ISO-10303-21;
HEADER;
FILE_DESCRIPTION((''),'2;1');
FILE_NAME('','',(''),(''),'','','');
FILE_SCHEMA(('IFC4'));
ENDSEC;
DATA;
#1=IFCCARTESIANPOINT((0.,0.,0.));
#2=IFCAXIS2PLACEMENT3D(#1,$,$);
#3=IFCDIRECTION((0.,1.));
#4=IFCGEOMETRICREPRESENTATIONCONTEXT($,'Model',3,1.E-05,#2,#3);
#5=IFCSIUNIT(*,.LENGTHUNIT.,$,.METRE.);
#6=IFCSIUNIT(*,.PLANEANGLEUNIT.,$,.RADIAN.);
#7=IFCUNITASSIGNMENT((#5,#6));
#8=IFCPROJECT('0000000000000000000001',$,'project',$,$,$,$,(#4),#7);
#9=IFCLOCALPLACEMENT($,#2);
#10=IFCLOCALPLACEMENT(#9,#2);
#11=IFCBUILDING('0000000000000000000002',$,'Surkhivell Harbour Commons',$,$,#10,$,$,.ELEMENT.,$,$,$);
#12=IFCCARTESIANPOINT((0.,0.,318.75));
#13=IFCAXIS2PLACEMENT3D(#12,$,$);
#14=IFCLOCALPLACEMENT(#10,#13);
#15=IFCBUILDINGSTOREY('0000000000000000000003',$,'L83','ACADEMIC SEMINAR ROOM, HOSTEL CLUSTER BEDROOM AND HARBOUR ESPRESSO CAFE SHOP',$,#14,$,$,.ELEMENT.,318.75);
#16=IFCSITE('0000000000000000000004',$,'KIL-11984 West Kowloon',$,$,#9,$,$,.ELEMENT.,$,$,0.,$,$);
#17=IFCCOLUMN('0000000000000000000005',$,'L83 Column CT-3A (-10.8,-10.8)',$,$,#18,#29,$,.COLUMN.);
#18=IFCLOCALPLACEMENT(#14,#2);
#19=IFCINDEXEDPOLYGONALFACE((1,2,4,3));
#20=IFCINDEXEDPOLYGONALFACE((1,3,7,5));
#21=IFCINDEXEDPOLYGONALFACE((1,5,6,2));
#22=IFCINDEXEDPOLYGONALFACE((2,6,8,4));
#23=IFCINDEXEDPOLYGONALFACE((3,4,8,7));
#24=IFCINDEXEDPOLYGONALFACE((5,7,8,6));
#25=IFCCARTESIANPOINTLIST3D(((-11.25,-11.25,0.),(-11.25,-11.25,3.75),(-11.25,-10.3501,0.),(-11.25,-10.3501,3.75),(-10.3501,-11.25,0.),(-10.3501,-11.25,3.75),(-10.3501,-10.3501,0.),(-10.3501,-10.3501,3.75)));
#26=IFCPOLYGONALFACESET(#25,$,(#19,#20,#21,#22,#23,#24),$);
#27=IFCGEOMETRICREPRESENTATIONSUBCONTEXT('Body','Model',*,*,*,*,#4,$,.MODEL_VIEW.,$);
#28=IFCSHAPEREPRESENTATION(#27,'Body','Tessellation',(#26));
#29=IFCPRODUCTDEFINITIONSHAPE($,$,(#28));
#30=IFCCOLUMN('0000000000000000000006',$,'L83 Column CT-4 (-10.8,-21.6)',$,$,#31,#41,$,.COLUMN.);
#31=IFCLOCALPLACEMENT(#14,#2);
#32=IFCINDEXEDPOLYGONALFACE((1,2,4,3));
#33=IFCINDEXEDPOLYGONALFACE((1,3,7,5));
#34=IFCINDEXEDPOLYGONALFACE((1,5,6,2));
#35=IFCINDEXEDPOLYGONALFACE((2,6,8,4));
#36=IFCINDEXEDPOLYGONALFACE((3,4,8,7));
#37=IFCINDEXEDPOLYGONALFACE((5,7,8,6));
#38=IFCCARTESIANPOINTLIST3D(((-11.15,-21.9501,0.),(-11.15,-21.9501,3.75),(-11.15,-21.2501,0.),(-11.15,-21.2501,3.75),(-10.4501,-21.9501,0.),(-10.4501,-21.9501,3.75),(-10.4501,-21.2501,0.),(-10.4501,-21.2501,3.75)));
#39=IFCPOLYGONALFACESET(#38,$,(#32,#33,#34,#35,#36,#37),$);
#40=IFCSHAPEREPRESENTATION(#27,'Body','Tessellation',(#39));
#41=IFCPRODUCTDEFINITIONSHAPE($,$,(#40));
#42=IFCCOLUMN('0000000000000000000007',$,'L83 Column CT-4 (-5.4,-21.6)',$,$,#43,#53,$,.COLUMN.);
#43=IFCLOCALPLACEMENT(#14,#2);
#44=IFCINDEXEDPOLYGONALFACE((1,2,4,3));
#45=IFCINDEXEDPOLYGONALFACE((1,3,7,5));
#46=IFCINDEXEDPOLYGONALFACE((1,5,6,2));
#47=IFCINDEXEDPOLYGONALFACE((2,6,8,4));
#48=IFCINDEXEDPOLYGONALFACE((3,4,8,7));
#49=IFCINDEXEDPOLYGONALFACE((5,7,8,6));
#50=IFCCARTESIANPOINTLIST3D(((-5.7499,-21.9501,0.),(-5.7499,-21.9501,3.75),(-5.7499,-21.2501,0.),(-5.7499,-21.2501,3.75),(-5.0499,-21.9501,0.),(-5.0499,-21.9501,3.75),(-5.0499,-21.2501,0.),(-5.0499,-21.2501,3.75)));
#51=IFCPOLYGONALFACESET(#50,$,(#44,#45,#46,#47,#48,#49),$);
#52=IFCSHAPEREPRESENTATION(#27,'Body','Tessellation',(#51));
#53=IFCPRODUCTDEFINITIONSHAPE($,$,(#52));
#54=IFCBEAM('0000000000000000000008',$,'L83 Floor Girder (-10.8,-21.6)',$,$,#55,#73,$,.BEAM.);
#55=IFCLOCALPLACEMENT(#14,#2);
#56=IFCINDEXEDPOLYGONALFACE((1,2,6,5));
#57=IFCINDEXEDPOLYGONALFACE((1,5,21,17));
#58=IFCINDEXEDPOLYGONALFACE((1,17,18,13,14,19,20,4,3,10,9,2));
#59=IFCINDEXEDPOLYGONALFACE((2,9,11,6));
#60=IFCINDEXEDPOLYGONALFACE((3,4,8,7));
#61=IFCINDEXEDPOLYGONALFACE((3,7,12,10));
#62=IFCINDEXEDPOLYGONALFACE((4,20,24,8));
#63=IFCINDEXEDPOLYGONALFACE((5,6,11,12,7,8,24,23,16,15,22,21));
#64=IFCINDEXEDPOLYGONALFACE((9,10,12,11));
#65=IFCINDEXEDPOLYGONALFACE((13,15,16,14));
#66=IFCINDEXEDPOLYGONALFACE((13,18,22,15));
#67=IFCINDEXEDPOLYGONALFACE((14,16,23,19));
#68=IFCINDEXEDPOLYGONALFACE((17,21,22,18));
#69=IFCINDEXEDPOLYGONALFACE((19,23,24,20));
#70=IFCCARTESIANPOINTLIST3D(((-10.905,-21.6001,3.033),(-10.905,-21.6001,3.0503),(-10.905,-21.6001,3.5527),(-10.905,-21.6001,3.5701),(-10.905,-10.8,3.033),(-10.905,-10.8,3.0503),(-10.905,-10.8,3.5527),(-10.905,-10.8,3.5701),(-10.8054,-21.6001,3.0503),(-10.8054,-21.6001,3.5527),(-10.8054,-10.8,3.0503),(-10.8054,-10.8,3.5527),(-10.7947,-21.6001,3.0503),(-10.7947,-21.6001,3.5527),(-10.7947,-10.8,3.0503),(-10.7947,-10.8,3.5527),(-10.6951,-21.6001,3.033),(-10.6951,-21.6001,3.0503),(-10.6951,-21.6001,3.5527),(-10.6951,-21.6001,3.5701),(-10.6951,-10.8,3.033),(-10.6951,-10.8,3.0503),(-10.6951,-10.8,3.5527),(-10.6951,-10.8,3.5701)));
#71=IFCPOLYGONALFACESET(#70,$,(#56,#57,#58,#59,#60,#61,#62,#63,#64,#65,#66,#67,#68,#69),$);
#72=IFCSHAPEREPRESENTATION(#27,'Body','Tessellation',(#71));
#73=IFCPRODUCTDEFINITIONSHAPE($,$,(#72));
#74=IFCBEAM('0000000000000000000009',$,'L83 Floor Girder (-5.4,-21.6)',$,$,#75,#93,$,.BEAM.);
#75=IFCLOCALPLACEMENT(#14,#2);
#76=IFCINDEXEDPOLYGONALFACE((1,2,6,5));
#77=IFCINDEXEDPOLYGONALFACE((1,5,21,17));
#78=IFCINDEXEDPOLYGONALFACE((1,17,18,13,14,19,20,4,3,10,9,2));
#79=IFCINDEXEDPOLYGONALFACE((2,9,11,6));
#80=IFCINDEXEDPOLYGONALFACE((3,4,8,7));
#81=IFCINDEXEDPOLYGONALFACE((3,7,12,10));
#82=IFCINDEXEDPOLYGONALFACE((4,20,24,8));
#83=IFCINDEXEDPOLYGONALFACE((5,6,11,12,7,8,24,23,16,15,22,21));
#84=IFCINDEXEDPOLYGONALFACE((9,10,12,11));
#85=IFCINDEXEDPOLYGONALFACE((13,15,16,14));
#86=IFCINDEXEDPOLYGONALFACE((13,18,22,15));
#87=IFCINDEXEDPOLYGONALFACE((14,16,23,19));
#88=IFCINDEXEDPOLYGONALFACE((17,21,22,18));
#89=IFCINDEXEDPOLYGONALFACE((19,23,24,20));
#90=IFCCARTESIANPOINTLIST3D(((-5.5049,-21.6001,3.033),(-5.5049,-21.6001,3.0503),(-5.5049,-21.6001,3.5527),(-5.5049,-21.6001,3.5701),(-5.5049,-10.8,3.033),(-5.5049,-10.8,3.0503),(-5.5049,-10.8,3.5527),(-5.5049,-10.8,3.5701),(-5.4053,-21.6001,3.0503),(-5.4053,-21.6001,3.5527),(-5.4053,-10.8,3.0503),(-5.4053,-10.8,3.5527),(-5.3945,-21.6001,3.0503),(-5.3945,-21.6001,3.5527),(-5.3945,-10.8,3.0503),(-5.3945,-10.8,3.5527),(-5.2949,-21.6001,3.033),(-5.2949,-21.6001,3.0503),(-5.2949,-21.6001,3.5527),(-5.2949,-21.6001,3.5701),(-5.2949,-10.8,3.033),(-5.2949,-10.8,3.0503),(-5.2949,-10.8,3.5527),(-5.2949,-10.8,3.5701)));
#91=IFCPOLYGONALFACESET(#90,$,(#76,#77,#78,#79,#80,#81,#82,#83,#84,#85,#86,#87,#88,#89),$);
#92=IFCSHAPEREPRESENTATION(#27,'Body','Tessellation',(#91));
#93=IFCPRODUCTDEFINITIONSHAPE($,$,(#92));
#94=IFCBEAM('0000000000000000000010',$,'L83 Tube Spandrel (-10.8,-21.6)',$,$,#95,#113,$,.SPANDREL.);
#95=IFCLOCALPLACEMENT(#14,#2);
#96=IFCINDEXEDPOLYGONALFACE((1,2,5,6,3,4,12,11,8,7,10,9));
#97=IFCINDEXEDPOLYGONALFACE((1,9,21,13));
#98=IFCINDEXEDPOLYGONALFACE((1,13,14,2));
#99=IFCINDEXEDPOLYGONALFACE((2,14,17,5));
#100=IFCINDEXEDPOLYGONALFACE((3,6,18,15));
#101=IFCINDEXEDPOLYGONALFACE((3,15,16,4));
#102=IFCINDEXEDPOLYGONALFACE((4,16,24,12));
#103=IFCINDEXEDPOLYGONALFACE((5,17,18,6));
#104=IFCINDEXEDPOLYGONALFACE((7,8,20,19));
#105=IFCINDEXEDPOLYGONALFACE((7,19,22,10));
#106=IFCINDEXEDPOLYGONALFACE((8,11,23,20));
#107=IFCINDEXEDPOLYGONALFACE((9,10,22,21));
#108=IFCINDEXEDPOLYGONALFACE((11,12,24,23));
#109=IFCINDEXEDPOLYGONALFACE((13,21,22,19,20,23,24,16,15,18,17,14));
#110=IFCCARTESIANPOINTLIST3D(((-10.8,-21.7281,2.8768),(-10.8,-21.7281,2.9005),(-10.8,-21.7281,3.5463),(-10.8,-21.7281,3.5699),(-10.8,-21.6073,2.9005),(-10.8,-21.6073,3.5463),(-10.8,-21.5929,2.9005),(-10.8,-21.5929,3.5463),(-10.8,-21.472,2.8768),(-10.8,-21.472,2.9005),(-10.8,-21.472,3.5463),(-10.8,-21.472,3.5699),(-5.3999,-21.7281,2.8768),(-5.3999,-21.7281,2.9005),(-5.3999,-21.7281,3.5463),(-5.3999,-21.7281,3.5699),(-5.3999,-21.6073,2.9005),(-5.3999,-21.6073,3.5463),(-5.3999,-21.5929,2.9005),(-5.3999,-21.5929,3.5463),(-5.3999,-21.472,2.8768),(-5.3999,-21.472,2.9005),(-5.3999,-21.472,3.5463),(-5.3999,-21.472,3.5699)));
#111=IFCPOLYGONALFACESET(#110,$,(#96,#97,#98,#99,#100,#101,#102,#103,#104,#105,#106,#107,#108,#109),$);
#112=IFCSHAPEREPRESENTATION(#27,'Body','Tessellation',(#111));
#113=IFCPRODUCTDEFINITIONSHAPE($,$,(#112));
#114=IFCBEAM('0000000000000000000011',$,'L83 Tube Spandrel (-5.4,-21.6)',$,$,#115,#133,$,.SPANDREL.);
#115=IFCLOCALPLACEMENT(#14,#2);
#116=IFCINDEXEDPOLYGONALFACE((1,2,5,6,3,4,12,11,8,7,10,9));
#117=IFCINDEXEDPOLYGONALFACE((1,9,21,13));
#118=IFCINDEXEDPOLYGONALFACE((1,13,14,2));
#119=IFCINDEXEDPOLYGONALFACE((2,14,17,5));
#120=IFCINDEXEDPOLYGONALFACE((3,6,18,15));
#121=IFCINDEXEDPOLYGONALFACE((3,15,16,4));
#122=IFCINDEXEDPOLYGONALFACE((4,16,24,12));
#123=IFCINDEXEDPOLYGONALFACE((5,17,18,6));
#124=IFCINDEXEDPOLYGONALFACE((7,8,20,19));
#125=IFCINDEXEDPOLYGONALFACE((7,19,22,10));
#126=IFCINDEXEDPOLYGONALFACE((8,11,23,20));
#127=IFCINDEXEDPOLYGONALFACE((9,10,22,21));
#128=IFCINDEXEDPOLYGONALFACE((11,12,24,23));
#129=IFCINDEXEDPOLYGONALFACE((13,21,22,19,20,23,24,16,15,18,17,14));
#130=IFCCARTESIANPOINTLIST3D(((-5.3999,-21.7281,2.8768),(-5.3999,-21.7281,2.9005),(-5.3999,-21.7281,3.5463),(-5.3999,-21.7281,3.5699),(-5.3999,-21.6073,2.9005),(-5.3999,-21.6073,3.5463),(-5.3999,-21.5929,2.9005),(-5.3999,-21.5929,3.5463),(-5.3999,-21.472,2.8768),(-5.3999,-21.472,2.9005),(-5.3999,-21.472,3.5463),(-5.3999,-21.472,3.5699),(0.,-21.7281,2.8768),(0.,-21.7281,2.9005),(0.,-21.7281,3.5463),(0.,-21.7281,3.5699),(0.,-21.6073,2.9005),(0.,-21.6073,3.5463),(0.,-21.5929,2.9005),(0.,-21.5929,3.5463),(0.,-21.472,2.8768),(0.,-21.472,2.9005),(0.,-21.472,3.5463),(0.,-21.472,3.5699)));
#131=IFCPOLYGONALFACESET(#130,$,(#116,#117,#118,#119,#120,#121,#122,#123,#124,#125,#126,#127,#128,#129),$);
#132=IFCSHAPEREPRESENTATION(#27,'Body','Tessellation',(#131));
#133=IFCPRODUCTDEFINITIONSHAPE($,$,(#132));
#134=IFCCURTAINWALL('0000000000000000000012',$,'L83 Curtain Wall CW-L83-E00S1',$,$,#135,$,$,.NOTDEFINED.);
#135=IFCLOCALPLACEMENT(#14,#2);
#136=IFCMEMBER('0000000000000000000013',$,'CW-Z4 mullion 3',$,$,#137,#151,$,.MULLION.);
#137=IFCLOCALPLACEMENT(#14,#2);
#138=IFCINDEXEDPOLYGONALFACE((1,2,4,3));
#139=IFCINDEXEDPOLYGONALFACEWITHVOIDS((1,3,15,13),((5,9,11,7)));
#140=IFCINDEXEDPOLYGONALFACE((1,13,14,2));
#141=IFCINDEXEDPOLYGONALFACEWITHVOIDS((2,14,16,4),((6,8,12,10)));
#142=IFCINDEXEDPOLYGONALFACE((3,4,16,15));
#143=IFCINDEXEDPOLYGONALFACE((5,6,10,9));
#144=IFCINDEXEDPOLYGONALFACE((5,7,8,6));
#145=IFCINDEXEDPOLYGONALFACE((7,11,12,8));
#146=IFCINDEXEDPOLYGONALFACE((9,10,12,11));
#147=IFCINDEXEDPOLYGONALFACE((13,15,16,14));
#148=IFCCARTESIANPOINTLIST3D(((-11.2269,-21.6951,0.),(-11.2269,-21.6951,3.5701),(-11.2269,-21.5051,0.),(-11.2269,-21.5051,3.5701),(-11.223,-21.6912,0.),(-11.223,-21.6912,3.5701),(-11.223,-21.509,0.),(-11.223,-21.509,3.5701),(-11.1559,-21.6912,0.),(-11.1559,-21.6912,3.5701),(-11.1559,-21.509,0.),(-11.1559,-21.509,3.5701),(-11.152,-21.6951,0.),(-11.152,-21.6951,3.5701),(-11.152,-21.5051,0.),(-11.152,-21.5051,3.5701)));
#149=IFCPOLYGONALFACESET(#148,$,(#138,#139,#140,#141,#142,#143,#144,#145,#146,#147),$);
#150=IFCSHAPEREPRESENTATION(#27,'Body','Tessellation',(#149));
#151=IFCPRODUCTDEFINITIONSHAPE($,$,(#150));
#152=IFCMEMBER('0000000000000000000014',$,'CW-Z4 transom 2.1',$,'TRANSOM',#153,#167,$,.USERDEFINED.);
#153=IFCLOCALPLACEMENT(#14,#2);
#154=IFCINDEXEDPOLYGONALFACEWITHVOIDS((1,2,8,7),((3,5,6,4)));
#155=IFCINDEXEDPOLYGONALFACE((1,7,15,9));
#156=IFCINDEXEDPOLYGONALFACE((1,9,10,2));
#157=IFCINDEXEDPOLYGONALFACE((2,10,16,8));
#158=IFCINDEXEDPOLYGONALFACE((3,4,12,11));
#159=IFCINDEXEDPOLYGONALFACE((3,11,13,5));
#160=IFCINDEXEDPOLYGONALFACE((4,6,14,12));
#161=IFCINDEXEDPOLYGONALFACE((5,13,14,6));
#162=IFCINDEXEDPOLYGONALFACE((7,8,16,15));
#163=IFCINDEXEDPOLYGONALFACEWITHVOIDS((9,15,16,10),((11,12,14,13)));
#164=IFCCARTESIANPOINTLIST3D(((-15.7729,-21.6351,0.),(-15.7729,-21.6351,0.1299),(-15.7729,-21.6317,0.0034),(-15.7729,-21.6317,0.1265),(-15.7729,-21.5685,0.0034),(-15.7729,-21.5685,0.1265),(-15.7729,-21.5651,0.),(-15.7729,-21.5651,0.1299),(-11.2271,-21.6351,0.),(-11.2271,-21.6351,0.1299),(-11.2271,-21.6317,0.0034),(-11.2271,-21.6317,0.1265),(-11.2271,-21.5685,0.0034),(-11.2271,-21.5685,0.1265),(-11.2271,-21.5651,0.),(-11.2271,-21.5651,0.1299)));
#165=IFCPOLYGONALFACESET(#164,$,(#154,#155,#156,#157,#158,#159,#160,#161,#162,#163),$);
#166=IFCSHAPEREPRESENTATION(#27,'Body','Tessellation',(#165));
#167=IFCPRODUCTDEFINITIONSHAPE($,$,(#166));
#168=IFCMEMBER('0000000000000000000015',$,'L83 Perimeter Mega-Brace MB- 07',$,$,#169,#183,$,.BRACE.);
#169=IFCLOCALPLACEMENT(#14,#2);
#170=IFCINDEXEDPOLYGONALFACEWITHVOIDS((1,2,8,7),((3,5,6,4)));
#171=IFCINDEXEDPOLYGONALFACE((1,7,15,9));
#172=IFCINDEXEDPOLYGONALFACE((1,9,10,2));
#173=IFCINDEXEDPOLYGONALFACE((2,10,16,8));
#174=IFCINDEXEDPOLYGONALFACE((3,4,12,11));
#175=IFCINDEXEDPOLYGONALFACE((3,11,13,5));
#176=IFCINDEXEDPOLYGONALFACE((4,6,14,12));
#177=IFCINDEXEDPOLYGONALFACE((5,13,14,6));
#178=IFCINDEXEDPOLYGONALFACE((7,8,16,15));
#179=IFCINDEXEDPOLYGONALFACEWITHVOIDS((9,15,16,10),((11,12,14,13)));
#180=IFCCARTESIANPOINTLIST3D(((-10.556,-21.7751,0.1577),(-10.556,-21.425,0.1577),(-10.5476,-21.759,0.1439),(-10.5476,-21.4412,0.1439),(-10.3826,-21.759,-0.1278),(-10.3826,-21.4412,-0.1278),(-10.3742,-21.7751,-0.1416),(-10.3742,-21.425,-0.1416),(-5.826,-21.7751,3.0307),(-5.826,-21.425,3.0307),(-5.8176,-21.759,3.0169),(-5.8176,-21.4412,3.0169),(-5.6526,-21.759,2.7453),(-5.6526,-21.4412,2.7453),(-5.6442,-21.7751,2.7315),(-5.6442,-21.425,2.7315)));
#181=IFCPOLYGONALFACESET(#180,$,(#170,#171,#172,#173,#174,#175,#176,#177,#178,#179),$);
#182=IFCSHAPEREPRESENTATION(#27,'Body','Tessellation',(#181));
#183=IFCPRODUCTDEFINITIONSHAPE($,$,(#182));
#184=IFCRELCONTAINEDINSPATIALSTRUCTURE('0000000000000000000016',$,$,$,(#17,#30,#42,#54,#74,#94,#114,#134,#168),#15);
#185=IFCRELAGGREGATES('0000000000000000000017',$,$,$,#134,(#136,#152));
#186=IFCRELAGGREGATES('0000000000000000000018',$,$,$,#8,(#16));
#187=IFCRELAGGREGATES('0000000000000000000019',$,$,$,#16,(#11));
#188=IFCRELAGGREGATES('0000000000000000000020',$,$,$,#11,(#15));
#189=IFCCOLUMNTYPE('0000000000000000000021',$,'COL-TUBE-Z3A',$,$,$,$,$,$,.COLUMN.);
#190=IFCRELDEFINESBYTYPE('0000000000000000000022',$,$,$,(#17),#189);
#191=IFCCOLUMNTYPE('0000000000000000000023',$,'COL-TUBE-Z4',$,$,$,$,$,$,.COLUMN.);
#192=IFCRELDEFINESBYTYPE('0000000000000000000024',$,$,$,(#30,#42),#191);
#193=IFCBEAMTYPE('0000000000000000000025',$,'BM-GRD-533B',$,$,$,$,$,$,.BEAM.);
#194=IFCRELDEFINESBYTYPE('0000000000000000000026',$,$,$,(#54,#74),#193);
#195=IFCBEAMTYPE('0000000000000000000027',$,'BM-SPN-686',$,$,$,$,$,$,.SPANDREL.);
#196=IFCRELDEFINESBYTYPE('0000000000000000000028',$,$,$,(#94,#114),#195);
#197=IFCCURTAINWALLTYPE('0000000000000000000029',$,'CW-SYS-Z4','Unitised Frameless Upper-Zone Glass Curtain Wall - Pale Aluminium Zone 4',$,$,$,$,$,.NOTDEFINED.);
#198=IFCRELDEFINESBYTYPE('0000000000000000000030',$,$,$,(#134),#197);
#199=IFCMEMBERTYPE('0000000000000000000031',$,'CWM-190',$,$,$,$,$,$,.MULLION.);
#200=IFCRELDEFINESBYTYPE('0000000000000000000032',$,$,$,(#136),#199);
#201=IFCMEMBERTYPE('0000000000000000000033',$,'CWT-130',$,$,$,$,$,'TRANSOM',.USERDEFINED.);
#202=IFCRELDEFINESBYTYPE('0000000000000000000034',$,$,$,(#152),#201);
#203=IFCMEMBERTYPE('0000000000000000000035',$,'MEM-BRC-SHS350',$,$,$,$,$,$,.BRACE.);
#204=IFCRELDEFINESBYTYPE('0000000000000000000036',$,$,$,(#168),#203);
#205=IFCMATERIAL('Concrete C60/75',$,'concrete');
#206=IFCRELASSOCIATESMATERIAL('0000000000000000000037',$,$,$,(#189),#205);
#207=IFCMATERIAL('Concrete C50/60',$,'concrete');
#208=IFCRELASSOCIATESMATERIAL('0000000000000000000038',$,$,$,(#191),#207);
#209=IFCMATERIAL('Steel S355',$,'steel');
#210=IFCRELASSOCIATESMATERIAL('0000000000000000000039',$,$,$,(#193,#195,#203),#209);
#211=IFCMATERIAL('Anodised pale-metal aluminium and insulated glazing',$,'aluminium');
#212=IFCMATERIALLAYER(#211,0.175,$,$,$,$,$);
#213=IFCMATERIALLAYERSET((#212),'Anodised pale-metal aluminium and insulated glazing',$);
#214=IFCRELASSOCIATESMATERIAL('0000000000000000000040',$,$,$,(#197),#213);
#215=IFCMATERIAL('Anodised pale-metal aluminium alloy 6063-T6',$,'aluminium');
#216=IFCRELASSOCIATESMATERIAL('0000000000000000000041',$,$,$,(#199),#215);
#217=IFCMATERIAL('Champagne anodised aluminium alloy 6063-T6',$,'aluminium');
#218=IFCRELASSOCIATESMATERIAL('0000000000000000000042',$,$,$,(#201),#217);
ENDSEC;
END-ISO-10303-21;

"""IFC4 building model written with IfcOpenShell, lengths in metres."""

from ifc_helpers import new_model, si_unit, direction, frame, origin, origin_2d, place, context, subcontext, project, spatial, rectangle, hollow_rectangle, i_section, extrude, material, layer, layer_set, material_profile, profile_set, type_object, element, aggregate, save


model = new_model("IFC4")

# Units and contexts
model_context = context("Model", 3, precision=1e-05, world=origin(), true_north=direction((0.0, 1.0)))
body_context = subcontext(model_context, "Body", "Model", "MODEL_VIEW")
ifc_project = project(units=[si_unit("LENGTHUNIT", "METRE"), si_unit("PLANEANGLEUNIT", "RADIAN")], contexts=[model_context])

# Site, building, storey
site_placement = place(None, origin())
site = spatial("IfcSite", under=ifc_project, at=site_placement, Name="KIL-11984 West Kowloon", CompositionType="ELEMENT", RefElevation=0.0)
building_placement = place(site_placement, origin())
building = spatial("IfcBuilding", under=site, at=building_placement, Name="Surkhivell Harbour Commons", CompositionType="ELEMENT")
storey_placement = place(building_placement, frame((0.0, 0.0, 318.75)))
storey = spatial("IfcBuildingStorey", under=building, at=storey_placement, Name="L83", Description="ACADEMIC SEMINAR ROOM, HOSTEL CLUSTER BEDROOM AND HARBOUR ESPRESSO CAFE SHOP", CompositionType="ELEMENT", Elevation=318.75)

# Columns
ifc_material_1 = material(Name="Concrete C60/75", Category="concrete")
ifc_material_profile_1 = material_profile(ifc_material_1, rectangle(XDim=0.8999, YDim=0.8999, at=origin_2d()), Name="RC-COL-900x900")
ifc_profile_set_1 = profile_set([ifc_material_profile_1], Name="Concrete C60/75")
column_type_1 = type_object("IfcColumnType", Name="COL-TUBE-Z3A", PredefinedType="COLUMN", material=ifc_profile_set_1)
column_placement = place(storey_placement, frame((-10.8, -10.8, 0.0), z_axis=(0.0, 0.0, 1.0), x_axis=(1.0, 0.0, 0.0)))
element("IfcColumn", 1, at=column_placement, inside=storey, type_object=column_type_1, Name="L83 Column CT-3A (-10.8,-10.8)", PredefinedType="COLUMN", context=body_context, shape_type="SweptSolid", body=[
    extrude(rectangle(XDim=0.8999, YDim=0.8999, at=origin_2d()), origin(), (0.0, 0.0, 1.0), 3.75),
])
ifc_material_2 = material(Name="Concrete C50/60", Category="concrete")
ifc_material_profile_2 = material_profile(ifc_material_2, rectangle(XDim=0.7, YDim=0.7, at=origin_2d()), Name="RC-COL-700x700")
ifc_profile_set_2 = profile_set([ifc_material_profile_2], Name="Concrete C50/60")
column_type_2 = type_object("IfcColumnType", Name="COL-TUBE-Z4", PredefinedType="COLUMN", material=ifc_profile_set_2)
for number, where, z_axis, x_axis, name in (
    (2, (-10.8, -21.6001, 0.0), (0.0, 0.0, 1.0), (1.0, 0.0, 0.0), "L83 Column CT-4 (-10.8,-21.6)"),
    (3, (-5.3999, -21.6001, 0.0), (0.0, 0.0, 1.0), (1.0, 0.0, 0.0), "L83 Column CT-4 (-5.4,-21.6)"),
):
    element("IfcColumn", number, at=place(storey_placement, frame(where, z_axis=z_axis, x_axis=x_axis)), inside=storey, type_object=column_type_2, Name=name, PredefinedType="COLUMN", context=body_context, shape_type="SweptSolid", body=[
        extrude(rectangle(XDim=0.7, YDim=0.7, at=origin_2d()), origin(), (0.0, 0.0, 1.0), 3.75),
    ])

# Beams
ifc_material_3 = material(Name="Steel S355", Category="steel")
ifc_material_profile_3 = material_profile(ifc_material_3, i_section(OverallWidth=0.21, OverallDepth=0.5371, WebThickness=0.0107, FlangeThickness=0.0173, at=origin_2d()), Name="UB533x210x101")
ifc_profile_set_3 = profile_set([ifc_material_profile_3], Name="Steel S355")
beam_type_1 = type_object("IfcBeamType", Name="BM-GRD-533B", PredefinedType="BEAM", material=ifc_profile_set_3)
for number, where, z_axis, x_axis, name in (
    (4, (-10.8, -21.6001, 3.3015), (0.0, 1.0, 0.0), (-1.0, 0.0, 0.0), "L83 Floor Girder (-10.8,-21.6)"),
    (5, (-5.3999, -21.6001, 3.3015), (0.0, 1.0, 0.0), (-1.0, 0.0, 0.0), "L83 Floor Girder (-5.4,-21.6)"),
):
    element("IfcBeam", number, at=place(storey_placement, frame(where, z_axis=z_axis, x_axis=x_axis)), inside=storey, type_object=beam_type_1, Name=name, PredefinedType="BEAM", context=body_context, shape_type="SweptSolid", body=[
        extrude(i_section(OverallWidth=0.21, OverallDepth=0.5371, WebThickness=0.0107, FlangeThickness=0.0173, at=origin_2d()), origin(), (0.0, 0.0, 1.0), 10.8),
    ])
ifc_material_profile_4 = material_profile(ifc_material_3, i_section(OverallWidth=0.2561, OverallDepth=0.6931, WebThickness=0.0144, FlangeThickness=0.0237, at=origin_2d()), Name="UB686x254x170")
ifc_profile_set_4 = profile_set([ifc_material_profile_4], Name="Steel S355")
beam_type_2 = type_object("IfcBeamType", Name="BM-SPN-686", PredefinedType="SPANDREL", material=ifc_profile_set_4)
beam_1_placement = place(storey_placement, frame((-10.8, -21.6001, 3.2234), z_axis=(1.0, 0.0, 0.0), x_axis=(0.0, 1.0, 0.0)))
element("IfcBeam", 6, at=beam_1_placement, inside=storey, type_object=beam_type_2, Name="L83 Tube Spandrel (-10.8,-21.6)", PredefinedType="SPANDREL", context=body_context, shape_type="SweptSolid", body=[
    extrude(i_section(OverallWidth=0.2561, OverallDepth=0.6931, WebThickness=0.0144, FlangeThickness=0.0237, at=origin_2d()), origin(), (0.0, 0.0, 1.0), 5.4001),
])
beam_2_placement = place(storey_placement, frame((-5.3999, -21.6001, 3.2234), z_axis=(1.0, 0.0, 0.0), x_axis=(0.0, 1.0, 0.0)))
element("IfcBeam", 7, at=beam_2_placement, inside=storey, type_object=beam_type_2, Name="L83 Tube Spandrel (-5.4,-21.6)", PredefinedType="SPANDREL", context=body_context, shape_type="SweptSolid", body=[
    extrude(i_section(OverallWidth=0.2561, OverallDepth=0.6931, WebThickness=0.0144, FlangeThickness=0.0237, at=origin_2d()), origin(), (0.0, 0.0, 1.0), 5.3999),
])

# Curtain wall, members
ifc_material_4 = material(Name="Anodised pale-metal aluminium and insulated glazing", Category="aluminium")
ifc_layer_1 = layer(ifc_material_4, 0.175)
ifc_layer_set_1 = layer_set([ifc_layer_1], Name="Anodised pale-metal aluminium and insulated glazing")
curtain_wall_type = type_object("IfcCurtainWallType", Name="CW-SYS-Z4", Description="Unitised Frameless Upper-Zone Glass Curtain Wall - Pale Aluminium Zone 4", PredefinedType="NOTDEFINED", material=ifc_layer_set_1)
curtain_wall_placement = place(storey_placement, origin())
curtain_wall = element("IfcCurtainWall", 8, at=curtain_wall_placement, inside=storey, type_object=curtain_wall_type, Name="L83 Curtain Wall CW-L83-E00S1", PredefinedType="NOTDEFINED")
ifc_material_5 = material(Name="Anodised pale-metal aluminium alloy 6063-T6", Category="aluminium")
ifc_material_profile_5 = material_profile(ifc_material_5, hollow_rectangle(XDim=0.075, YDim=0.1899, WallThickness=0.0039, at=origin_2d()), Name="ALU-MULL-75x190")
ifc_profile_set_5 = profile_set([ifc_material_profile_5], Name="Anodised pale-metal aluminium alloy 6063-T6")
member_type_1 = type_object("IfcMemberType", Name="CWM-190", PredefinedType="MULLION", material=ifc_profile_set_5)
member_1_placement = place(storey_placement, frame((-11.1895, -21.6001, 0.0), z_axis=(0.0, 0.0, 1.0), x_axis=(1.0, 0.0, 0.0)))
member_1 = element("IfcMember", 9, at=member_1_placement, type_object=member_type_1, Name="CW-Z4 mullion 3", PredefinedType="MULLION", context=body_context, shape_type="SweptSolid", body=[
    extrude(hollow_rectangle(XDim=0.075, YDim=0.1899, WallThickness=0.0039, at=origin_2d()), origin(), (0.0, 0.0, 1.0), 3.5701),
])
ifc_material_6 = material(Name="Champagne anodised aluminium alloy 6063-T6", Category="aluminium")
ifc_material_profile_6 = material_profile(ifc_material_6, hollow_rectangle(XDim=0.0701, YDim=0.1299, WallThickness=0.0034, at=origin_2d()), Name="ALU-TRAN-70x130")
ifc_profile_set_6 = profile_set([ifc_material_profile_6], Name="Champagne anodised aluminium alloy 6063-T6")
member_type_2 = type_object("IfcMemberType", Name="CWT-130", ElementType="TRANSOM", PredefinedType="USERDEFINED", material=ifc_profile_set_6)
member_2_placement = place(storey_placement, frame((-15.7729, -21.6001, 0.0649), z_axis=(1.0, 0.0, 0.0), x_axis=(0.0, 1.0, 0.0)))
member_2 = element("IfcMember", 10, at=member_2_placement, type_object=member_type_2, Name="CW-Z4 transom 2.1", ObjectType="TRANSOM", PredefinedType="USERDEFINED", context=body_context, shape_type="SweptSolid", body=[
    extrude(hollow_rectangle(XDim=0.0701, YDim=0.1299, WallThickness=0.0034, at=origin_2d()), origin(), (0.0, 0.0, 1.0), 4.5459),
])

# Member
ifc_material_profile_7 = material_profile(ifc_material_3, hollow_rectangle(XDim=0.3501, YDim=0.3501, WallThickness=0.0161, at=origin_2d()), Name="SHS350x350x16")
ifc_profile_set_7 = profile_set([ifc_material_profile_7], Name="Steel S355")
member_type_3 = type_object("IfcMemberType", Name="MEM-BRC-SHS350", PredefinedType="BRACE", material=ifc_profile_set_7)
member_3_placement = place(storey_placement, frame((-10.4651, -21.6001, 0.0081), z_axis=(0.854685, 0.0, 0.519146), x_axis=(0.0, 1.0, 0.0)))
element("IfcMember", 11, at=member_3_placement, inside=storey, type_object=member_type_3, Name="L83 Perimeter Mega-Brace MB- 07", PredefinedType="BRACE", context=body_context, shape_type="SweptSolid", body=[
    extrude(hollow_rectangle(XDim=0.3501, YDim=0.3501, WallThickness=0.0161, at=origin_2d()), origin(), (0.0, 0.0, 1.0), 5.5342),
])

aggregate(curtain_wall, [member_1, member_2])

save(model, "model.ifc")
